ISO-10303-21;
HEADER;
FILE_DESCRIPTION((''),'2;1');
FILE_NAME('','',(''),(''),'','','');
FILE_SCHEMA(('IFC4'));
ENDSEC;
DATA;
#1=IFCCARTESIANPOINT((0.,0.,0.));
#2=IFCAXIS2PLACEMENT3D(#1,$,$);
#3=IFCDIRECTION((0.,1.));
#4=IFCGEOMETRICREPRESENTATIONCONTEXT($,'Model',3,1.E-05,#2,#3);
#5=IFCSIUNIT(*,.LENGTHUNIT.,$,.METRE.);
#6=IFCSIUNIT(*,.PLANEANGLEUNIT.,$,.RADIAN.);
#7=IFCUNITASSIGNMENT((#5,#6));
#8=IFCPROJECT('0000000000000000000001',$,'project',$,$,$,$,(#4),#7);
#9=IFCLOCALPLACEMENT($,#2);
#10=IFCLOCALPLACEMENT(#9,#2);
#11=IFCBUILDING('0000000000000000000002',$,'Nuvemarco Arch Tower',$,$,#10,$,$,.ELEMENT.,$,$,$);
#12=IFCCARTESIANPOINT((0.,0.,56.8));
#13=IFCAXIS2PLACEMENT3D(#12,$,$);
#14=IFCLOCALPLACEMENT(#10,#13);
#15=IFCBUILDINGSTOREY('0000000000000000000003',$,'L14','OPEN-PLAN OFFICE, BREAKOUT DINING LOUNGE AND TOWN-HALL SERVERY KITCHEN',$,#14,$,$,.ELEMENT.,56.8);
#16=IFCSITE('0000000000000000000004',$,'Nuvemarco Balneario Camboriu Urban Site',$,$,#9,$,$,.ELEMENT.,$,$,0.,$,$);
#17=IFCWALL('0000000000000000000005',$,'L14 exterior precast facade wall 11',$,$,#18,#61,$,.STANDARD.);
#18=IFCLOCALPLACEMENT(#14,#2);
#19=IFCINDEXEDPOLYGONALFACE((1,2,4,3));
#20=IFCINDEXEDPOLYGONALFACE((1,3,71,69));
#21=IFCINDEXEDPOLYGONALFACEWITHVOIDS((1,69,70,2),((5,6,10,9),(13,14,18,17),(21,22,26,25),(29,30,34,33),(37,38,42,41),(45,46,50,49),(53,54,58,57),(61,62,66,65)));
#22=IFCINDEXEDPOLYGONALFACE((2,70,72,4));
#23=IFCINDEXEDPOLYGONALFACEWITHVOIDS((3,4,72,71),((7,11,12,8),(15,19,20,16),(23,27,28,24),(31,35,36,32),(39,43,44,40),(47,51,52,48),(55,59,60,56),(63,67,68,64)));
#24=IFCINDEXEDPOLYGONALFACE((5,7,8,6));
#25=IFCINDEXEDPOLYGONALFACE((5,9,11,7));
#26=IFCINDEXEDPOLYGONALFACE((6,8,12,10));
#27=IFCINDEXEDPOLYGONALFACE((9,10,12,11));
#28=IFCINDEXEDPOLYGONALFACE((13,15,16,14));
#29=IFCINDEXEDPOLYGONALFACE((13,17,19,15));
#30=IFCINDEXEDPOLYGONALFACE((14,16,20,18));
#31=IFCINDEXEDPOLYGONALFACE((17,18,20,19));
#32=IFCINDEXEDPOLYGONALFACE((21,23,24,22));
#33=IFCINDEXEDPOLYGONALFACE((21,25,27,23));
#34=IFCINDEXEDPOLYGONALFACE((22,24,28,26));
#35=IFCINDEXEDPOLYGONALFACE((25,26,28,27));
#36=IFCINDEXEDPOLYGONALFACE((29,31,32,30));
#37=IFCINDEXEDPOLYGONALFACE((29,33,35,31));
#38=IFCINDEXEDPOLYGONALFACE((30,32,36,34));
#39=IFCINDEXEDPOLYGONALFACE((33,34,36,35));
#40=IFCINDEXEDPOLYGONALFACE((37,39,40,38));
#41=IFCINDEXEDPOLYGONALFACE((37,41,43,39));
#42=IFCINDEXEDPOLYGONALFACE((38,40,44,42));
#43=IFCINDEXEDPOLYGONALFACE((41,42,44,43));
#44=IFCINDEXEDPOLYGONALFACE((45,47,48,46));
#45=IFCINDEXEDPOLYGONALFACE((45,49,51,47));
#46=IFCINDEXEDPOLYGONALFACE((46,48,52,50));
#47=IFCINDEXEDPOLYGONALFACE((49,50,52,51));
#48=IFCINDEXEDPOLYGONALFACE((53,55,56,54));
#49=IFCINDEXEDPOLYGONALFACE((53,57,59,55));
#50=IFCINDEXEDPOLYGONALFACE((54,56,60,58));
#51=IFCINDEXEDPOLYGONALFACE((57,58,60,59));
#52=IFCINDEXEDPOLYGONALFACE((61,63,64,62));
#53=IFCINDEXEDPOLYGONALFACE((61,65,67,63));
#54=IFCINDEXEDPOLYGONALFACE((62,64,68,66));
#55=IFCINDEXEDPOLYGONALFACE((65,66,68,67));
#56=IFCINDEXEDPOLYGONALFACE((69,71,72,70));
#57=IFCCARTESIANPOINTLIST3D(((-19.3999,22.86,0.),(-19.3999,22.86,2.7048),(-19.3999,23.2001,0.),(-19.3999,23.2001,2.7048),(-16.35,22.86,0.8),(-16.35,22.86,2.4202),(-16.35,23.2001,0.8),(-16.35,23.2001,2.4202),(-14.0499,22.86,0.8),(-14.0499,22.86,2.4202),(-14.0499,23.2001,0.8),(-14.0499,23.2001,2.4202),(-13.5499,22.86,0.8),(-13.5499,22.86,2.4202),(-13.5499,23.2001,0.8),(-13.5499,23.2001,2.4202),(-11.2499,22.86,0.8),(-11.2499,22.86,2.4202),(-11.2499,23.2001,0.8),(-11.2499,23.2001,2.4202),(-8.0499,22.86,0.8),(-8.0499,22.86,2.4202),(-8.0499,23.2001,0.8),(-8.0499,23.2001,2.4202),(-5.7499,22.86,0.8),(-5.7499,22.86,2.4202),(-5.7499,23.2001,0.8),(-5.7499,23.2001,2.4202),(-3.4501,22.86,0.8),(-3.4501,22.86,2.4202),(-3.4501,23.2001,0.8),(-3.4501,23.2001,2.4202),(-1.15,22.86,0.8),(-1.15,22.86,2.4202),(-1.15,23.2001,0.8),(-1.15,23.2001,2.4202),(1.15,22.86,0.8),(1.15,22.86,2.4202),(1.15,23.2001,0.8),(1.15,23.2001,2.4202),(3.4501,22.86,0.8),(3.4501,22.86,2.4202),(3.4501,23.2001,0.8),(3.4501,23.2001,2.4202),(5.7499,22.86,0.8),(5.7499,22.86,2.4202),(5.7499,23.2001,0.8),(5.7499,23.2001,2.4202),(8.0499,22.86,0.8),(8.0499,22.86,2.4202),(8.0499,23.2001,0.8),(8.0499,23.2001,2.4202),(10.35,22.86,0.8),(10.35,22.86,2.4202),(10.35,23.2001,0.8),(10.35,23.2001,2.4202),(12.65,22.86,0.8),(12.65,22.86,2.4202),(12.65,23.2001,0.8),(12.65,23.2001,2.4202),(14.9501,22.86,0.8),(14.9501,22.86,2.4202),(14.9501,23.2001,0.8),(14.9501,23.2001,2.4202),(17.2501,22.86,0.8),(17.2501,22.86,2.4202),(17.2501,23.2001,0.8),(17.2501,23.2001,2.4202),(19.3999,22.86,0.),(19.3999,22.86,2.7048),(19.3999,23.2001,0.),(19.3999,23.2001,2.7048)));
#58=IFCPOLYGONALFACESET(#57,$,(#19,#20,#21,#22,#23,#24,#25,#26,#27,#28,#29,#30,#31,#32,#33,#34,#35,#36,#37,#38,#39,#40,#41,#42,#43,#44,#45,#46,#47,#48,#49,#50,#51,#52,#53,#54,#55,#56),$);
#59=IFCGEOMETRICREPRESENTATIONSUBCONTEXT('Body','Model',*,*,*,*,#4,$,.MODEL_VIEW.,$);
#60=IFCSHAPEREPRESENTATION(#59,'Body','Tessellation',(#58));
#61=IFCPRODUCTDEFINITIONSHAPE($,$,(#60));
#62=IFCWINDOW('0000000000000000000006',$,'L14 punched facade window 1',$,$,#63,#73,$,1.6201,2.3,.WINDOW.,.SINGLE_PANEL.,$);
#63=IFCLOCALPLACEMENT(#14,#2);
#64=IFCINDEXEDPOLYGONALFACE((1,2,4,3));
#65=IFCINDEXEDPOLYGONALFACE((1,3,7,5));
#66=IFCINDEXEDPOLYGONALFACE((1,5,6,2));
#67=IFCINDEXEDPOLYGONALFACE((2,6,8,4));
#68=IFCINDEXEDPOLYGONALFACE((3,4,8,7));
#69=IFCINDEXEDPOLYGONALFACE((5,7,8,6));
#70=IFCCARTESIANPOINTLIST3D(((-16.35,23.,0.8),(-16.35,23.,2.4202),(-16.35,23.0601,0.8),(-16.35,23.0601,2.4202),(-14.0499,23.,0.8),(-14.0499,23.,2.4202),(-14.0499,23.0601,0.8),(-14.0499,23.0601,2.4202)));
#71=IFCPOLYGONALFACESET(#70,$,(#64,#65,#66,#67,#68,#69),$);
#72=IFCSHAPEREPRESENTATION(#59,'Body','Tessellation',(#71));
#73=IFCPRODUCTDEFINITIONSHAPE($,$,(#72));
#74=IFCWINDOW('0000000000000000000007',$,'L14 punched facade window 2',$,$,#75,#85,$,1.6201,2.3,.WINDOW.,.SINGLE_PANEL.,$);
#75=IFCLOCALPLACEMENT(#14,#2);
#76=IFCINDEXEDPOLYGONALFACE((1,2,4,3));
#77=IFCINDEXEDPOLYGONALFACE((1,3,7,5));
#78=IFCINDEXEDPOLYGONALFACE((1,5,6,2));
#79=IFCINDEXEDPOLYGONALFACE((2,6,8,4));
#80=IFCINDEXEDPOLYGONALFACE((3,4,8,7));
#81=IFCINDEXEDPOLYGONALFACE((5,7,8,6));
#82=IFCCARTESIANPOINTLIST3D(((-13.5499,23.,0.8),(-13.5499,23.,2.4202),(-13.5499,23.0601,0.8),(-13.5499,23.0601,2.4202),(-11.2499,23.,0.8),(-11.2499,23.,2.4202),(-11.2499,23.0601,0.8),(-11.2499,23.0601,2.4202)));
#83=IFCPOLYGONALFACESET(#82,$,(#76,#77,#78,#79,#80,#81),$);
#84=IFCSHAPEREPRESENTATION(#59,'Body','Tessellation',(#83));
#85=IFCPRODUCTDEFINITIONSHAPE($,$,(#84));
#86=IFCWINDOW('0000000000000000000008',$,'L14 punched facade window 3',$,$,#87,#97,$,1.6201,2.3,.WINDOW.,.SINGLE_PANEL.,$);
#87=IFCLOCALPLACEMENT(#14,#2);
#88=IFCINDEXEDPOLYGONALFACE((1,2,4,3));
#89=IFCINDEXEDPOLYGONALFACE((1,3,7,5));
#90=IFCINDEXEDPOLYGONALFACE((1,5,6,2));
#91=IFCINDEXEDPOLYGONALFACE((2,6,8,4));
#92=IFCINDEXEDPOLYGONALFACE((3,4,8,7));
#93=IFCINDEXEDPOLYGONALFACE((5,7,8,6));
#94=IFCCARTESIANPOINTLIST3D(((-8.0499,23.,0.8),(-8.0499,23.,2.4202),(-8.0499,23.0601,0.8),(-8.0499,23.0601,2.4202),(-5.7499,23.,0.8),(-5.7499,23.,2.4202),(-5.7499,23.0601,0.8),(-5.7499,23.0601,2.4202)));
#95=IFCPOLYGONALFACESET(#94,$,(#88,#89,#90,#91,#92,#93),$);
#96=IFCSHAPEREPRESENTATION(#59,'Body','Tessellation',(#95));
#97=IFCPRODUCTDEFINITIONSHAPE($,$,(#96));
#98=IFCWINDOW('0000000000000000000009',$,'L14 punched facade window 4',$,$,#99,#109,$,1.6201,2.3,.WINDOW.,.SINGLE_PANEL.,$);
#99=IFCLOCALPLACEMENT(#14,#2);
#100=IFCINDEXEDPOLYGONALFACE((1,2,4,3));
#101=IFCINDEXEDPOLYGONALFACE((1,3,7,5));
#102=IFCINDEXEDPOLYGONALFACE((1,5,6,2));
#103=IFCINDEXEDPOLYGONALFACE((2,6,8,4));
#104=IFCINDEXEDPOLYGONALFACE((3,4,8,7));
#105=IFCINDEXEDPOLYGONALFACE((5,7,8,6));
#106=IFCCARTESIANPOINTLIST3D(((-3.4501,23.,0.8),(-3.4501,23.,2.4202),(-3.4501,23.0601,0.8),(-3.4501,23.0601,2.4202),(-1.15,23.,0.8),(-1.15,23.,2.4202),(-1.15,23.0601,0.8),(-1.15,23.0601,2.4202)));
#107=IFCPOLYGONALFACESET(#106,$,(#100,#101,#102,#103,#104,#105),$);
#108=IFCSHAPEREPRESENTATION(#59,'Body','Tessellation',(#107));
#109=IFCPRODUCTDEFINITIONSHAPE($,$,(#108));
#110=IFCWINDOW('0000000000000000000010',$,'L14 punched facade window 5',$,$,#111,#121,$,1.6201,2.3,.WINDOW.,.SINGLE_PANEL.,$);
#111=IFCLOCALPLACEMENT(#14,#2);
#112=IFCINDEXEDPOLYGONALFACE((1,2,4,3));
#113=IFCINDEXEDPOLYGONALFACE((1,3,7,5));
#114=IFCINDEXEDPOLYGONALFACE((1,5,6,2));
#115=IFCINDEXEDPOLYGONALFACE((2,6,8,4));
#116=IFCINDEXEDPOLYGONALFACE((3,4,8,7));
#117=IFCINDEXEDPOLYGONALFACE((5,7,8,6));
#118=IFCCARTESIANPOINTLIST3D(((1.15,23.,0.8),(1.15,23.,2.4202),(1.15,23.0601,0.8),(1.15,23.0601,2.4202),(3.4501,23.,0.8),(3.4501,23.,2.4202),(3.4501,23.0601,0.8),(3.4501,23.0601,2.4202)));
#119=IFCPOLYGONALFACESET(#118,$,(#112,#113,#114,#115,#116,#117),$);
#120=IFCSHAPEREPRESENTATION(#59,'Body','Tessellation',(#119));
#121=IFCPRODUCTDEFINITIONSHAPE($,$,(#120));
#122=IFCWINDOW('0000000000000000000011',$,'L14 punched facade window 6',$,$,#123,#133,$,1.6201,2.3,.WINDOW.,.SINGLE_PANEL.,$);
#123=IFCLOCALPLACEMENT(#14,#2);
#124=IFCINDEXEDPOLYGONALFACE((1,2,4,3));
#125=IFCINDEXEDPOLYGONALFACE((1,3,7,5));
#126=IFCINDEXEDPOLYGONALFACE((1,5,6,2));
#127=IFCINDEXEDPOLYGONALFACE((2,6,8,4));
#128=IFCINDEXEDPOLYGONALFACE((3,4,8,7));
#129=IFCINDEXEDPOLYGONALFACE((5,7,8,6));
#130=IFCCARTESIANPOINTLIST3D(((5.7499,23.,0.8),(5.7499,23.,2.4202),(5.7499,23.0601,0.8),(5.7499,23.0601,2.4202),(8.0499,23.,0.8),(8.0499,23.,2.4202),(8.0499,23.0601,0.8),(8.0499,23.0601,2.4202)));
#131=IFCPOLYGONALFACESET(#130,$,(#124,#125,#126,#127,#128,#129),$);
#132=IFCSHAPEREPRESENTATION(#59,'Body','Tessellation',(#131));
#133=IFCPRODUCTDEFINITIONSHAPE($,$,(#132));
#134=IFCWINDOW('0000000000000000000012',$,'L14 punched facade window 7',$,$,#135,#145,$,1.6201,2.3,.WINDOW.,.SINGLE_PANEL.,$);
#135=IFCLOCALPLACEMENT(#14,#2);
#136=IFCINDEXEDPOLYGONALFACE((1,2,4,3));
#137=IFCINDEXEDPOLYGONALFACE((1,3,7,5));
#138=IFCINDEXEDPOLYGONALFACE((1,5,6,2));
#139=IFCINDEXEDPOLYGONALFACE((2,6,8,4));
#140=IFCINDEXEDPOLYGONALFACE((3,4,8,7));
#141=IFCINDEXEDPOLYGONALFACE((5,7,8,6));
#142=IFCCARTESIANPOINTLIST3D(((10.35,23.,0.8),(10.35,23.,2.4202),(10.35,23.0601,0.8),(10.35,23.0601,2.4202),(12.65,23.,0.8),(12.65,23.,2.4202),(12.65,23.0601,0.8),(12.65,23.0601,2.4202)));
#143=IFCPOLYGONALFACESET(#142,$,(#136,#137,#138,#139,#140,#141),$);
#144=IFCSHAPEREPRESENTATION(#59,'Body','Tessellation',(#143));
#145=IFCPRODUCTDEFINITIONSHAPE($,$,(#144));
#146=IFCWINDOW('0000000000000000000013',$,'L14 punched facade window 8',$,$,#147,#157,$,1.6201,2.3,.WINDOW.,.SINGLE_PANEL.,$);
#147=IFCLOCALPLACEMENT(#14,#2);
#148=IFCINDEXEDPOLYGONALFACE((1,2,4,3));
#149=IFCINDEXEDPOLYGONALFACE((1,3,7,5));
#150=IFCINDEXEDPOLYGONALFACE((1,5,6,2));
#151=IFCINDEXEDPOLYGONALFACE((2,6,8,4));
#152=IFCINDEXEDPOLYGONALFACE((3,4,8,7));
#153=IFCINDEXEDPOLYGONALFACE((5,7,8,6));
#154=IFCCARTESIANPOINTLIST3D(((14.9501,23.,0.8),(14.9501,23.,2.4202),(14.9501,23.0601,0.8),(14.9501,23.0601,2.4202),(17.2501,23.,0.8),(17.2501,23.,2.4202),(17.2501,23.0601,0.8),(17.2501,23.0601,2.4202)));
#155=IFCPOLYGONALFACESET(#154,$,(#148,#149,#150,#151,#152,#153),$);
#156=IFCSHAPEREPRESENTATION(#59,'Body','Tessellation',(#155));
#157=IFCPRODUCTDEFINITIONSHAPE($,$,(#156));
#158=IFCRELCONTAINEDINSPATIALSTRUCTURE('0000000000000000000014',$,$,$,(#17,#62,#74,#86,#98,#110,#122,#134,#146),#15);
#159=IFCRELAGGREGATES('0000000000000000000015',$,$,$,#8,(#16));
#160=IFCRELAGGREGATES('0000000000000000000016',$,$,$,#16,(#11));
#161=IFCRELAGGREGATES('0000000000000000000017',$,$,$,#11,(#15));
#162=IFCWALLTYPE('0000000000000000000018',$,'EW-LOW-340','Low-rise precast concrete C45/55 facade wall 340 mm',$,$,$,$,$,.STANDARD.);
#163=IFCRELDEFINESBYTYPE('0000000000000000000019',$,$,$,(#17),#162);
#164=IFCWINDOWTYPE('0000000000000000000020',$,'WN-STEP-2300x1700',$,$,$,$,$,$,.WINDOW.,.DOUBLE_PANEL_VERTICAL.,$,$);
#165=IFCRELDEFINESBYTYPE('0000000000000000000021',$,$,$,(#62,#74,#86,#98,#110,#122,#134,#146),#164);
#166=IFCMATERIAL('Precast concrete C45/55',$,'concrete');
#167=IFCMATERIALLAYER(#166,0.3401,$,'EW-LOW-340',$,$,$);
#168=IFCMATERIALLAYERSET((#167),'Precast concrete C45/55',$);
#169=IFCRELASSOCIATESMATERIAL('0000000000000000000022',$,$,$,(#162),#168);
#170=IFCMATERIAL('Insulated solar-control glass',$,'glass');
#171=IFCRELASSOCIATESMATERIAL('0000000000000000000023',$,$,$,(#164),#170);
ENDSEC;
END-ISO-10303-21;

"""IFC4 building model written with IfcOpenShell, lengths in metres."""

from ifc_helpers import new_model, si_unit, direction, frame, frame_2d, origin, place, context, subcontext, project, spatial, rectangle, extrude, source, transform, mapped, material, layer, layer_set, type_object, type_shapes, element, fill, save


model = new_model("IFC4")

# Units and contexts
model_context = context("Model", 3, precision=1e-05, world=origin(), true_north=direction((0.0, 1.0)))
body_context = subcontext(model_context, "Body", "Model", "MODEL_VIEW")
ifc_project = project(units=[si_unit("LENGTHUNIT", "METRE"), si_unit("PLANEANGLEUNIT", "RADIAN")], contexts=[model_context])

# Site, building, storey
site_placement = place(None, origin())
site = spatial("IfcSite", under=ifc_project, at=site_placement, Name="Nuvemarco Balneario Camboriu Urban Site", CompositionType="ELEMENT", RefElevation=0.0)
building_placement = place(site_placement, origin())
building = spatial("IfcBuilding", under=site, at=building_placement, Name="Nuvemarco Arch Tower", CompositionType="ELEMENT")
storey_placement = place(building_placement, frame((0.0, 0.0, 56.8)))
storey = spatial("IfcBuildingStorey", under=building, at=storey_placement, Name="L14", Description="OPEN-PLAN OFFICE, BREAKOUT DINING LOUNGE AND TOWN-HALL SERVERY KITCHEN", CompositionType="ELEMENT", Elevation=56.8)

# Wall, openings, windows
ifc_material_1 = material(Name="Precast concrete C45/55", Category="concrete")
ifc_layer_1 = layer(ifc_material_1, 0.3401, Name="EW-LOW-340")
ifc_layer_set_1 = layer_set([ifc_layer_1], Name="Precast concrete C45/55")
wall_type_1 = type_object("IfcWallType", Name="EW-LOW-340", Description="Low-rise precast concrete C45/55 facade wall 340 mm", PredefinedType="STANDARD", material=ifc_layer_set_1)
wall_1_placement = place(storey_placement, frame((-19.3999, 23.03, 0.0), z_axis=(0.0, 0.0, 1.0), x_axis=(1.0, 0.0, 0.0)))
wall_1 = element("IfcWall", 1, at=wall_1_placement, inside=storey, type_object=wall_type_1, Name="L14 exterior precast facade wall 11", PredefinedType="STANDARD", context=body_context, shape_type="SweptSolid", body=[
    extrude(rectangle(XDim=38.7998, YDim=0.3401, at=frame_2d((19.3999, 0.0))), origin(), (0.0, 0.0, 1.0), 2.7048),
])
opening_1_placement = place(wall_1_placement, frame((3.05, 0.0, 0.8)))
opening_1 = element("IfcOpeningElement", 2, at=opening_1_placement, cuts=wall_1, PredefinedType="OPENING", context=body_context, shape_type="SweptSolid", body=[
    extrude(rectangle(XDim=2.3, YDim=1.6201, at=frame_2d((1.1499, 0.8101))), frame((0.0, 0.1799, 0.0), z_axis=(0.0, -1.0, 0.0), x_axis=(1.0, 0.0, 0.0)), (0.0, 0.0, 1.0), 0.3601),
])
opening_2_placement = place(wall_1_placement, frame((5.8501, 0.0, 0.8)))
opening_2 = element("IfcOpeningElement", 3, at=opening_2_placement, cuts=wall_1, PredefinedType="OPENING", context=body_context, shape_type="SweptSolid", body=[
    extrude(rectangle(XDim=2.3, YDim=1.6201, at=frame_2d((1.1499, 0.8101))), frame((0.0, 0.1799, 0.0), z_axis=(0.0, -1.0, 0.0), x_axis=(1.0, 0.0, 0.0)), (0.0, 0.0, 1.0), 0.3601),
])
opening_3_placement = place(wall_1_placement, frame((11.3501, 0.0, 0.8)))
opening_3 = element("IfcOpeningElement", 4, at=opening_3_placement, cuts=wall_1, PredefinedType="OPENING", context=body_context, shape_type="SweptSolid", body=[
    extrude(rectangle(XDim=2.3, YDim=1.6201, at=frame_2d((1.1499, 0.8101))), frame((0.0, 0.1799, 0.0), z_axis=(0.0, -1.0, 0.0), x_axis=(1.0, 0.0, 0.0)), (0.0, 0.0, 1.0), 0.3601),
])
opening_4_placement = place(wall_1_placement, frame((15.95, 0.0, 0.8)))
opening_4 = element("IfcOpeningElement", 5, at=opening_4_placement, cuts=wall_1, PredefinedType="OPENING", context=body_context, shape_type="SweptSolid", body=[
    extrude(rectangle(XDim=2.3, YDim=1.6201, at=frame_2d((1.1499, 0.8101))), frame((0.0, 0.1799, 0.0), z_axis=(0.0, -1.0, 0.0), x_axis=(1.0, 0.0, 0.0)), (0.0, 0.0, 1.0), 0.3601),
])
opening_5_placement = place(wall_1_placement, frame((20.55, 0.0, 0.8)))
opening_5 = element("IfcOpeningElement", 6, at=opening_5_placement, cuts=wall_1, PredefinedType="OPENING", context=body_context, shape_type="SweptSolid", body=[
    extrude(rectangle(XDim=2.3, YDim=1.6201, at=frame_2d((1.1499, 0.8101))), frame((0.0, 0.1799, 0.0), z_axis=(0.0, -1.0, 0.0), x_axis=(1.0, 0.0, 0.0)), (0.0, 0.0, 1.0), 0.3601),
])
opening_6_placement = place(wall_1_placement, frame((25.1499, 0.0, 0.8)))
opening_6 = element("IfcOpeningElement", 7, at=opening_6_placement, cuts=wall_1, PredefinedType="OPENING", context=body_context, shape_type="SweptSolid", body=[
    extrude(rectangle(XDim=2.3, YDim=1.6201, at=frame_2d((1.1499, 0.8101))), frame((0.0, 0.1799, 0.0), z_axis=(0.0, -1.0, 0.0), x_axis=(1.0, 0.0, 0.0)), (0.0, 0.0, 1.0), 0.3601),
])
opening_7_placement = place(wall_1_placement, frame((29.75, 0.0, 0.8)))
opening_7 = element("IfcOpeningElement", 8, at=opening_7_placement, cuts=wall_1, PredefinedType="OPENING", context=body_context, shape_type="SweptSolid", body=[
    extrude(rectangle(XDim=2.3, YDim=1.6201, at=frame_2d((1.1499, 0.8101))), frame((0.0, 0.1799, 0.0), z_axis=(0.0, -1.0, 0.0), x_axis=(1.0, 0.0, 0.0)), (0.0, 0.0, 1.0), 0.3601),
])
opening_8_placement = place(wall_1_placement, frame((34.3501, 0.0, 0.8)))
opening_8 = element("IfcOpeningElement", 9, at=opening_8_placement, cuts=wall_1, PredefinedType="OPENING", context=body_context, shape_type="SweptSolid", body=[
    extrude(rectangle(XDim=2.3, YDim=1.6201, at=frame_2d((1.1499, 0.8101))), frame((0.0, 0.1799, 0.0), z_axis=(0.0, -1.0, 0.0), x_axis=(1.0, 0.0, 0.0)), (0.0, 0.0, 1.0), 0.3601),
])
ifc_material_2 = material(Name="Insulated solar-control glass", Category="glass")
window_type = type_object("IfcWindowType", Name="WN-STEP-2300x1700", PartitioningType="DOUBLE_PANEL_VERTICAL", PredefinedType="WINDOW", material=ifc_material_2)
shared_shape_1 = source(origin(), body_context, "Body", "SweptSolid", [
    extrude(rectangle(XDim=2.3, YDim=1.6201, at=frame_2d((1.1499, 0.8101))), frame((0.0, 0.03, 0.0), z_axis=(0.0, -1.0, 0.0), x_axis=(1.0, 0.0, 0.0)), (0.0, 0.0, 1.0), 0.0601),
])
type_shapes(window_type, [shared_shape_1])
window_1_placement = place(opening_1_placement, origin())
window_1 = element("IfcWindow", 10, at=window_1_placement, inside=storey, type_object=window_type, Name="L14 punched facade window 1", OverallHeight=1.6201, OverallWidth=2.3, PartitioningType="SINGLE_PANEL", PredefinedType="WINDOW", context=body_context, shape_type="MappedRepresentation", body=[
    mapped(shared_shape_1, transform((0.0, 0.0, 0.0), scale=1.0)),
])
fill(opening_1, window_1)
window_2_placement = place(opening_2_placement, origin())
window_2 = element("IfcWindow", 11, at=window_2_placement, inside=storey, type_object=window_type, Name="L14 punched facade window 2", OverallHeight=1.6201, OverallWidth=2.3, PartitioningType="SINGLE_PANEL", PredefinedType="WINDOW", context=body_context, shape_type="MappedRepresentation", body=[
    mapped(shared_shape_1, transform((0.0, 0.0, 0.0), scale=1.0)),
])
fill(opening_2, window_2)
window_3_placement = place(opening_3_placement, origin())
window_3 = element("IfcWindow", 12, at=window_3_placement, inside=storey, type_object=window_type, Name="L14 punched facade window 3", OverallHeight=1.6201, OverallWidth=2.3, PartitioningType="SINGLE_PANEL", PredefinedType="WINDOW", context=body_context, shape_type="MappedRepresentation", body=[
    mapped(shared_shape_1, transform((0.0, 0.0, 0.0), scale=1.0)),
])
fill(opening_3, window_3)
window_4_placement = place(opening_4_placement, origin())
window_4 = element("IfcWindow", 13, at=window_4_placement, inside=storey, type_object=window_type, Name="L14 punched facade window 4", OverallHeight=1.6201, OverallWidth=2.3, PartitioningType="SINGLE_PANEL", PredefinedType="WINDOW", context=body_context, shape_type="MappedRepresentation", body=[
    mapped(shared_shape_1, transform((0.0, 0.0, 0.0), scale=1.0)),
])
fill(opening_4, window_4)
window_5_placement = place(opening_5_placement, origin())
window_5 = element("IfcWindow", 14, at=window_5_placement, inside=storey, type_object=window_type, Name="L14 punched facade window 5", OverallHeight=1.6201, OverallWidth=2.3, PartitioningType="SINGLE_PANEL", PredefinedType="WINDOW", context=body_context, shape_type="MappedRepresentation", body=[
    mapped(shared_shape_1, transform((0.0, 0.0, 0.0), scale=1.0)),
])
fill(opening_5, window_5)
window_6_placement = place(opening_6_placement, origin())
window_6 = element("IfcWindow", 15, at=window_6_placement, inside=storey, type_object=window_type, Name="L14 punched facade window 6", OverallHeight=1.6201, OverallWidth=2.3, PartitioningType="SINGLE_PANEL", PredefinedType="WINDOW", context=body_context, shape_type="MappedRepresentation", body=[
    mapped(shared_shape_1, transform((0.0, 0.0, 0.0), scale=1.0)),
])
fill(opening_6, window_6)
window_7_placement = place(opening_7_placement, origin())
window_7 = element("IfcWindow", 16, at=window_7_placement, inside=storey, type_object=window_type, Name="L14 punched facade window 7", OverallHeight=1.6201, OverallWidth=2.3, PartitioningType="SINGLE_PANEL", PredefinedType="WINDOW", context=body_context, shape_type="MappedRepresentation", body=[
    mapped(shared_shape_1, transform((0.0, 0.0, 0.0), scale=1.0)),
])
fill(opening_7, window_7)
window_8_placement = place(opening_8_placement, origin())
window_8 = element("IfcWindow", 17, at=window_8_placement, inside=storey, type_object=window_type, Name="L14 punched facade window 8", OverallHeight=1.6201, OverallWidth=2.3, PartitioningType="SINGLE_PANEL", PredefinedType="WINDOW", context=body_context, shape_type="MappedRepresentation", body=[
    mapped(shared_shape_1, transform((0.0, 0.0, 0.0), scale=1.0)),
])
fill(opening_8, window_8)

save(model, "model.ifc")
